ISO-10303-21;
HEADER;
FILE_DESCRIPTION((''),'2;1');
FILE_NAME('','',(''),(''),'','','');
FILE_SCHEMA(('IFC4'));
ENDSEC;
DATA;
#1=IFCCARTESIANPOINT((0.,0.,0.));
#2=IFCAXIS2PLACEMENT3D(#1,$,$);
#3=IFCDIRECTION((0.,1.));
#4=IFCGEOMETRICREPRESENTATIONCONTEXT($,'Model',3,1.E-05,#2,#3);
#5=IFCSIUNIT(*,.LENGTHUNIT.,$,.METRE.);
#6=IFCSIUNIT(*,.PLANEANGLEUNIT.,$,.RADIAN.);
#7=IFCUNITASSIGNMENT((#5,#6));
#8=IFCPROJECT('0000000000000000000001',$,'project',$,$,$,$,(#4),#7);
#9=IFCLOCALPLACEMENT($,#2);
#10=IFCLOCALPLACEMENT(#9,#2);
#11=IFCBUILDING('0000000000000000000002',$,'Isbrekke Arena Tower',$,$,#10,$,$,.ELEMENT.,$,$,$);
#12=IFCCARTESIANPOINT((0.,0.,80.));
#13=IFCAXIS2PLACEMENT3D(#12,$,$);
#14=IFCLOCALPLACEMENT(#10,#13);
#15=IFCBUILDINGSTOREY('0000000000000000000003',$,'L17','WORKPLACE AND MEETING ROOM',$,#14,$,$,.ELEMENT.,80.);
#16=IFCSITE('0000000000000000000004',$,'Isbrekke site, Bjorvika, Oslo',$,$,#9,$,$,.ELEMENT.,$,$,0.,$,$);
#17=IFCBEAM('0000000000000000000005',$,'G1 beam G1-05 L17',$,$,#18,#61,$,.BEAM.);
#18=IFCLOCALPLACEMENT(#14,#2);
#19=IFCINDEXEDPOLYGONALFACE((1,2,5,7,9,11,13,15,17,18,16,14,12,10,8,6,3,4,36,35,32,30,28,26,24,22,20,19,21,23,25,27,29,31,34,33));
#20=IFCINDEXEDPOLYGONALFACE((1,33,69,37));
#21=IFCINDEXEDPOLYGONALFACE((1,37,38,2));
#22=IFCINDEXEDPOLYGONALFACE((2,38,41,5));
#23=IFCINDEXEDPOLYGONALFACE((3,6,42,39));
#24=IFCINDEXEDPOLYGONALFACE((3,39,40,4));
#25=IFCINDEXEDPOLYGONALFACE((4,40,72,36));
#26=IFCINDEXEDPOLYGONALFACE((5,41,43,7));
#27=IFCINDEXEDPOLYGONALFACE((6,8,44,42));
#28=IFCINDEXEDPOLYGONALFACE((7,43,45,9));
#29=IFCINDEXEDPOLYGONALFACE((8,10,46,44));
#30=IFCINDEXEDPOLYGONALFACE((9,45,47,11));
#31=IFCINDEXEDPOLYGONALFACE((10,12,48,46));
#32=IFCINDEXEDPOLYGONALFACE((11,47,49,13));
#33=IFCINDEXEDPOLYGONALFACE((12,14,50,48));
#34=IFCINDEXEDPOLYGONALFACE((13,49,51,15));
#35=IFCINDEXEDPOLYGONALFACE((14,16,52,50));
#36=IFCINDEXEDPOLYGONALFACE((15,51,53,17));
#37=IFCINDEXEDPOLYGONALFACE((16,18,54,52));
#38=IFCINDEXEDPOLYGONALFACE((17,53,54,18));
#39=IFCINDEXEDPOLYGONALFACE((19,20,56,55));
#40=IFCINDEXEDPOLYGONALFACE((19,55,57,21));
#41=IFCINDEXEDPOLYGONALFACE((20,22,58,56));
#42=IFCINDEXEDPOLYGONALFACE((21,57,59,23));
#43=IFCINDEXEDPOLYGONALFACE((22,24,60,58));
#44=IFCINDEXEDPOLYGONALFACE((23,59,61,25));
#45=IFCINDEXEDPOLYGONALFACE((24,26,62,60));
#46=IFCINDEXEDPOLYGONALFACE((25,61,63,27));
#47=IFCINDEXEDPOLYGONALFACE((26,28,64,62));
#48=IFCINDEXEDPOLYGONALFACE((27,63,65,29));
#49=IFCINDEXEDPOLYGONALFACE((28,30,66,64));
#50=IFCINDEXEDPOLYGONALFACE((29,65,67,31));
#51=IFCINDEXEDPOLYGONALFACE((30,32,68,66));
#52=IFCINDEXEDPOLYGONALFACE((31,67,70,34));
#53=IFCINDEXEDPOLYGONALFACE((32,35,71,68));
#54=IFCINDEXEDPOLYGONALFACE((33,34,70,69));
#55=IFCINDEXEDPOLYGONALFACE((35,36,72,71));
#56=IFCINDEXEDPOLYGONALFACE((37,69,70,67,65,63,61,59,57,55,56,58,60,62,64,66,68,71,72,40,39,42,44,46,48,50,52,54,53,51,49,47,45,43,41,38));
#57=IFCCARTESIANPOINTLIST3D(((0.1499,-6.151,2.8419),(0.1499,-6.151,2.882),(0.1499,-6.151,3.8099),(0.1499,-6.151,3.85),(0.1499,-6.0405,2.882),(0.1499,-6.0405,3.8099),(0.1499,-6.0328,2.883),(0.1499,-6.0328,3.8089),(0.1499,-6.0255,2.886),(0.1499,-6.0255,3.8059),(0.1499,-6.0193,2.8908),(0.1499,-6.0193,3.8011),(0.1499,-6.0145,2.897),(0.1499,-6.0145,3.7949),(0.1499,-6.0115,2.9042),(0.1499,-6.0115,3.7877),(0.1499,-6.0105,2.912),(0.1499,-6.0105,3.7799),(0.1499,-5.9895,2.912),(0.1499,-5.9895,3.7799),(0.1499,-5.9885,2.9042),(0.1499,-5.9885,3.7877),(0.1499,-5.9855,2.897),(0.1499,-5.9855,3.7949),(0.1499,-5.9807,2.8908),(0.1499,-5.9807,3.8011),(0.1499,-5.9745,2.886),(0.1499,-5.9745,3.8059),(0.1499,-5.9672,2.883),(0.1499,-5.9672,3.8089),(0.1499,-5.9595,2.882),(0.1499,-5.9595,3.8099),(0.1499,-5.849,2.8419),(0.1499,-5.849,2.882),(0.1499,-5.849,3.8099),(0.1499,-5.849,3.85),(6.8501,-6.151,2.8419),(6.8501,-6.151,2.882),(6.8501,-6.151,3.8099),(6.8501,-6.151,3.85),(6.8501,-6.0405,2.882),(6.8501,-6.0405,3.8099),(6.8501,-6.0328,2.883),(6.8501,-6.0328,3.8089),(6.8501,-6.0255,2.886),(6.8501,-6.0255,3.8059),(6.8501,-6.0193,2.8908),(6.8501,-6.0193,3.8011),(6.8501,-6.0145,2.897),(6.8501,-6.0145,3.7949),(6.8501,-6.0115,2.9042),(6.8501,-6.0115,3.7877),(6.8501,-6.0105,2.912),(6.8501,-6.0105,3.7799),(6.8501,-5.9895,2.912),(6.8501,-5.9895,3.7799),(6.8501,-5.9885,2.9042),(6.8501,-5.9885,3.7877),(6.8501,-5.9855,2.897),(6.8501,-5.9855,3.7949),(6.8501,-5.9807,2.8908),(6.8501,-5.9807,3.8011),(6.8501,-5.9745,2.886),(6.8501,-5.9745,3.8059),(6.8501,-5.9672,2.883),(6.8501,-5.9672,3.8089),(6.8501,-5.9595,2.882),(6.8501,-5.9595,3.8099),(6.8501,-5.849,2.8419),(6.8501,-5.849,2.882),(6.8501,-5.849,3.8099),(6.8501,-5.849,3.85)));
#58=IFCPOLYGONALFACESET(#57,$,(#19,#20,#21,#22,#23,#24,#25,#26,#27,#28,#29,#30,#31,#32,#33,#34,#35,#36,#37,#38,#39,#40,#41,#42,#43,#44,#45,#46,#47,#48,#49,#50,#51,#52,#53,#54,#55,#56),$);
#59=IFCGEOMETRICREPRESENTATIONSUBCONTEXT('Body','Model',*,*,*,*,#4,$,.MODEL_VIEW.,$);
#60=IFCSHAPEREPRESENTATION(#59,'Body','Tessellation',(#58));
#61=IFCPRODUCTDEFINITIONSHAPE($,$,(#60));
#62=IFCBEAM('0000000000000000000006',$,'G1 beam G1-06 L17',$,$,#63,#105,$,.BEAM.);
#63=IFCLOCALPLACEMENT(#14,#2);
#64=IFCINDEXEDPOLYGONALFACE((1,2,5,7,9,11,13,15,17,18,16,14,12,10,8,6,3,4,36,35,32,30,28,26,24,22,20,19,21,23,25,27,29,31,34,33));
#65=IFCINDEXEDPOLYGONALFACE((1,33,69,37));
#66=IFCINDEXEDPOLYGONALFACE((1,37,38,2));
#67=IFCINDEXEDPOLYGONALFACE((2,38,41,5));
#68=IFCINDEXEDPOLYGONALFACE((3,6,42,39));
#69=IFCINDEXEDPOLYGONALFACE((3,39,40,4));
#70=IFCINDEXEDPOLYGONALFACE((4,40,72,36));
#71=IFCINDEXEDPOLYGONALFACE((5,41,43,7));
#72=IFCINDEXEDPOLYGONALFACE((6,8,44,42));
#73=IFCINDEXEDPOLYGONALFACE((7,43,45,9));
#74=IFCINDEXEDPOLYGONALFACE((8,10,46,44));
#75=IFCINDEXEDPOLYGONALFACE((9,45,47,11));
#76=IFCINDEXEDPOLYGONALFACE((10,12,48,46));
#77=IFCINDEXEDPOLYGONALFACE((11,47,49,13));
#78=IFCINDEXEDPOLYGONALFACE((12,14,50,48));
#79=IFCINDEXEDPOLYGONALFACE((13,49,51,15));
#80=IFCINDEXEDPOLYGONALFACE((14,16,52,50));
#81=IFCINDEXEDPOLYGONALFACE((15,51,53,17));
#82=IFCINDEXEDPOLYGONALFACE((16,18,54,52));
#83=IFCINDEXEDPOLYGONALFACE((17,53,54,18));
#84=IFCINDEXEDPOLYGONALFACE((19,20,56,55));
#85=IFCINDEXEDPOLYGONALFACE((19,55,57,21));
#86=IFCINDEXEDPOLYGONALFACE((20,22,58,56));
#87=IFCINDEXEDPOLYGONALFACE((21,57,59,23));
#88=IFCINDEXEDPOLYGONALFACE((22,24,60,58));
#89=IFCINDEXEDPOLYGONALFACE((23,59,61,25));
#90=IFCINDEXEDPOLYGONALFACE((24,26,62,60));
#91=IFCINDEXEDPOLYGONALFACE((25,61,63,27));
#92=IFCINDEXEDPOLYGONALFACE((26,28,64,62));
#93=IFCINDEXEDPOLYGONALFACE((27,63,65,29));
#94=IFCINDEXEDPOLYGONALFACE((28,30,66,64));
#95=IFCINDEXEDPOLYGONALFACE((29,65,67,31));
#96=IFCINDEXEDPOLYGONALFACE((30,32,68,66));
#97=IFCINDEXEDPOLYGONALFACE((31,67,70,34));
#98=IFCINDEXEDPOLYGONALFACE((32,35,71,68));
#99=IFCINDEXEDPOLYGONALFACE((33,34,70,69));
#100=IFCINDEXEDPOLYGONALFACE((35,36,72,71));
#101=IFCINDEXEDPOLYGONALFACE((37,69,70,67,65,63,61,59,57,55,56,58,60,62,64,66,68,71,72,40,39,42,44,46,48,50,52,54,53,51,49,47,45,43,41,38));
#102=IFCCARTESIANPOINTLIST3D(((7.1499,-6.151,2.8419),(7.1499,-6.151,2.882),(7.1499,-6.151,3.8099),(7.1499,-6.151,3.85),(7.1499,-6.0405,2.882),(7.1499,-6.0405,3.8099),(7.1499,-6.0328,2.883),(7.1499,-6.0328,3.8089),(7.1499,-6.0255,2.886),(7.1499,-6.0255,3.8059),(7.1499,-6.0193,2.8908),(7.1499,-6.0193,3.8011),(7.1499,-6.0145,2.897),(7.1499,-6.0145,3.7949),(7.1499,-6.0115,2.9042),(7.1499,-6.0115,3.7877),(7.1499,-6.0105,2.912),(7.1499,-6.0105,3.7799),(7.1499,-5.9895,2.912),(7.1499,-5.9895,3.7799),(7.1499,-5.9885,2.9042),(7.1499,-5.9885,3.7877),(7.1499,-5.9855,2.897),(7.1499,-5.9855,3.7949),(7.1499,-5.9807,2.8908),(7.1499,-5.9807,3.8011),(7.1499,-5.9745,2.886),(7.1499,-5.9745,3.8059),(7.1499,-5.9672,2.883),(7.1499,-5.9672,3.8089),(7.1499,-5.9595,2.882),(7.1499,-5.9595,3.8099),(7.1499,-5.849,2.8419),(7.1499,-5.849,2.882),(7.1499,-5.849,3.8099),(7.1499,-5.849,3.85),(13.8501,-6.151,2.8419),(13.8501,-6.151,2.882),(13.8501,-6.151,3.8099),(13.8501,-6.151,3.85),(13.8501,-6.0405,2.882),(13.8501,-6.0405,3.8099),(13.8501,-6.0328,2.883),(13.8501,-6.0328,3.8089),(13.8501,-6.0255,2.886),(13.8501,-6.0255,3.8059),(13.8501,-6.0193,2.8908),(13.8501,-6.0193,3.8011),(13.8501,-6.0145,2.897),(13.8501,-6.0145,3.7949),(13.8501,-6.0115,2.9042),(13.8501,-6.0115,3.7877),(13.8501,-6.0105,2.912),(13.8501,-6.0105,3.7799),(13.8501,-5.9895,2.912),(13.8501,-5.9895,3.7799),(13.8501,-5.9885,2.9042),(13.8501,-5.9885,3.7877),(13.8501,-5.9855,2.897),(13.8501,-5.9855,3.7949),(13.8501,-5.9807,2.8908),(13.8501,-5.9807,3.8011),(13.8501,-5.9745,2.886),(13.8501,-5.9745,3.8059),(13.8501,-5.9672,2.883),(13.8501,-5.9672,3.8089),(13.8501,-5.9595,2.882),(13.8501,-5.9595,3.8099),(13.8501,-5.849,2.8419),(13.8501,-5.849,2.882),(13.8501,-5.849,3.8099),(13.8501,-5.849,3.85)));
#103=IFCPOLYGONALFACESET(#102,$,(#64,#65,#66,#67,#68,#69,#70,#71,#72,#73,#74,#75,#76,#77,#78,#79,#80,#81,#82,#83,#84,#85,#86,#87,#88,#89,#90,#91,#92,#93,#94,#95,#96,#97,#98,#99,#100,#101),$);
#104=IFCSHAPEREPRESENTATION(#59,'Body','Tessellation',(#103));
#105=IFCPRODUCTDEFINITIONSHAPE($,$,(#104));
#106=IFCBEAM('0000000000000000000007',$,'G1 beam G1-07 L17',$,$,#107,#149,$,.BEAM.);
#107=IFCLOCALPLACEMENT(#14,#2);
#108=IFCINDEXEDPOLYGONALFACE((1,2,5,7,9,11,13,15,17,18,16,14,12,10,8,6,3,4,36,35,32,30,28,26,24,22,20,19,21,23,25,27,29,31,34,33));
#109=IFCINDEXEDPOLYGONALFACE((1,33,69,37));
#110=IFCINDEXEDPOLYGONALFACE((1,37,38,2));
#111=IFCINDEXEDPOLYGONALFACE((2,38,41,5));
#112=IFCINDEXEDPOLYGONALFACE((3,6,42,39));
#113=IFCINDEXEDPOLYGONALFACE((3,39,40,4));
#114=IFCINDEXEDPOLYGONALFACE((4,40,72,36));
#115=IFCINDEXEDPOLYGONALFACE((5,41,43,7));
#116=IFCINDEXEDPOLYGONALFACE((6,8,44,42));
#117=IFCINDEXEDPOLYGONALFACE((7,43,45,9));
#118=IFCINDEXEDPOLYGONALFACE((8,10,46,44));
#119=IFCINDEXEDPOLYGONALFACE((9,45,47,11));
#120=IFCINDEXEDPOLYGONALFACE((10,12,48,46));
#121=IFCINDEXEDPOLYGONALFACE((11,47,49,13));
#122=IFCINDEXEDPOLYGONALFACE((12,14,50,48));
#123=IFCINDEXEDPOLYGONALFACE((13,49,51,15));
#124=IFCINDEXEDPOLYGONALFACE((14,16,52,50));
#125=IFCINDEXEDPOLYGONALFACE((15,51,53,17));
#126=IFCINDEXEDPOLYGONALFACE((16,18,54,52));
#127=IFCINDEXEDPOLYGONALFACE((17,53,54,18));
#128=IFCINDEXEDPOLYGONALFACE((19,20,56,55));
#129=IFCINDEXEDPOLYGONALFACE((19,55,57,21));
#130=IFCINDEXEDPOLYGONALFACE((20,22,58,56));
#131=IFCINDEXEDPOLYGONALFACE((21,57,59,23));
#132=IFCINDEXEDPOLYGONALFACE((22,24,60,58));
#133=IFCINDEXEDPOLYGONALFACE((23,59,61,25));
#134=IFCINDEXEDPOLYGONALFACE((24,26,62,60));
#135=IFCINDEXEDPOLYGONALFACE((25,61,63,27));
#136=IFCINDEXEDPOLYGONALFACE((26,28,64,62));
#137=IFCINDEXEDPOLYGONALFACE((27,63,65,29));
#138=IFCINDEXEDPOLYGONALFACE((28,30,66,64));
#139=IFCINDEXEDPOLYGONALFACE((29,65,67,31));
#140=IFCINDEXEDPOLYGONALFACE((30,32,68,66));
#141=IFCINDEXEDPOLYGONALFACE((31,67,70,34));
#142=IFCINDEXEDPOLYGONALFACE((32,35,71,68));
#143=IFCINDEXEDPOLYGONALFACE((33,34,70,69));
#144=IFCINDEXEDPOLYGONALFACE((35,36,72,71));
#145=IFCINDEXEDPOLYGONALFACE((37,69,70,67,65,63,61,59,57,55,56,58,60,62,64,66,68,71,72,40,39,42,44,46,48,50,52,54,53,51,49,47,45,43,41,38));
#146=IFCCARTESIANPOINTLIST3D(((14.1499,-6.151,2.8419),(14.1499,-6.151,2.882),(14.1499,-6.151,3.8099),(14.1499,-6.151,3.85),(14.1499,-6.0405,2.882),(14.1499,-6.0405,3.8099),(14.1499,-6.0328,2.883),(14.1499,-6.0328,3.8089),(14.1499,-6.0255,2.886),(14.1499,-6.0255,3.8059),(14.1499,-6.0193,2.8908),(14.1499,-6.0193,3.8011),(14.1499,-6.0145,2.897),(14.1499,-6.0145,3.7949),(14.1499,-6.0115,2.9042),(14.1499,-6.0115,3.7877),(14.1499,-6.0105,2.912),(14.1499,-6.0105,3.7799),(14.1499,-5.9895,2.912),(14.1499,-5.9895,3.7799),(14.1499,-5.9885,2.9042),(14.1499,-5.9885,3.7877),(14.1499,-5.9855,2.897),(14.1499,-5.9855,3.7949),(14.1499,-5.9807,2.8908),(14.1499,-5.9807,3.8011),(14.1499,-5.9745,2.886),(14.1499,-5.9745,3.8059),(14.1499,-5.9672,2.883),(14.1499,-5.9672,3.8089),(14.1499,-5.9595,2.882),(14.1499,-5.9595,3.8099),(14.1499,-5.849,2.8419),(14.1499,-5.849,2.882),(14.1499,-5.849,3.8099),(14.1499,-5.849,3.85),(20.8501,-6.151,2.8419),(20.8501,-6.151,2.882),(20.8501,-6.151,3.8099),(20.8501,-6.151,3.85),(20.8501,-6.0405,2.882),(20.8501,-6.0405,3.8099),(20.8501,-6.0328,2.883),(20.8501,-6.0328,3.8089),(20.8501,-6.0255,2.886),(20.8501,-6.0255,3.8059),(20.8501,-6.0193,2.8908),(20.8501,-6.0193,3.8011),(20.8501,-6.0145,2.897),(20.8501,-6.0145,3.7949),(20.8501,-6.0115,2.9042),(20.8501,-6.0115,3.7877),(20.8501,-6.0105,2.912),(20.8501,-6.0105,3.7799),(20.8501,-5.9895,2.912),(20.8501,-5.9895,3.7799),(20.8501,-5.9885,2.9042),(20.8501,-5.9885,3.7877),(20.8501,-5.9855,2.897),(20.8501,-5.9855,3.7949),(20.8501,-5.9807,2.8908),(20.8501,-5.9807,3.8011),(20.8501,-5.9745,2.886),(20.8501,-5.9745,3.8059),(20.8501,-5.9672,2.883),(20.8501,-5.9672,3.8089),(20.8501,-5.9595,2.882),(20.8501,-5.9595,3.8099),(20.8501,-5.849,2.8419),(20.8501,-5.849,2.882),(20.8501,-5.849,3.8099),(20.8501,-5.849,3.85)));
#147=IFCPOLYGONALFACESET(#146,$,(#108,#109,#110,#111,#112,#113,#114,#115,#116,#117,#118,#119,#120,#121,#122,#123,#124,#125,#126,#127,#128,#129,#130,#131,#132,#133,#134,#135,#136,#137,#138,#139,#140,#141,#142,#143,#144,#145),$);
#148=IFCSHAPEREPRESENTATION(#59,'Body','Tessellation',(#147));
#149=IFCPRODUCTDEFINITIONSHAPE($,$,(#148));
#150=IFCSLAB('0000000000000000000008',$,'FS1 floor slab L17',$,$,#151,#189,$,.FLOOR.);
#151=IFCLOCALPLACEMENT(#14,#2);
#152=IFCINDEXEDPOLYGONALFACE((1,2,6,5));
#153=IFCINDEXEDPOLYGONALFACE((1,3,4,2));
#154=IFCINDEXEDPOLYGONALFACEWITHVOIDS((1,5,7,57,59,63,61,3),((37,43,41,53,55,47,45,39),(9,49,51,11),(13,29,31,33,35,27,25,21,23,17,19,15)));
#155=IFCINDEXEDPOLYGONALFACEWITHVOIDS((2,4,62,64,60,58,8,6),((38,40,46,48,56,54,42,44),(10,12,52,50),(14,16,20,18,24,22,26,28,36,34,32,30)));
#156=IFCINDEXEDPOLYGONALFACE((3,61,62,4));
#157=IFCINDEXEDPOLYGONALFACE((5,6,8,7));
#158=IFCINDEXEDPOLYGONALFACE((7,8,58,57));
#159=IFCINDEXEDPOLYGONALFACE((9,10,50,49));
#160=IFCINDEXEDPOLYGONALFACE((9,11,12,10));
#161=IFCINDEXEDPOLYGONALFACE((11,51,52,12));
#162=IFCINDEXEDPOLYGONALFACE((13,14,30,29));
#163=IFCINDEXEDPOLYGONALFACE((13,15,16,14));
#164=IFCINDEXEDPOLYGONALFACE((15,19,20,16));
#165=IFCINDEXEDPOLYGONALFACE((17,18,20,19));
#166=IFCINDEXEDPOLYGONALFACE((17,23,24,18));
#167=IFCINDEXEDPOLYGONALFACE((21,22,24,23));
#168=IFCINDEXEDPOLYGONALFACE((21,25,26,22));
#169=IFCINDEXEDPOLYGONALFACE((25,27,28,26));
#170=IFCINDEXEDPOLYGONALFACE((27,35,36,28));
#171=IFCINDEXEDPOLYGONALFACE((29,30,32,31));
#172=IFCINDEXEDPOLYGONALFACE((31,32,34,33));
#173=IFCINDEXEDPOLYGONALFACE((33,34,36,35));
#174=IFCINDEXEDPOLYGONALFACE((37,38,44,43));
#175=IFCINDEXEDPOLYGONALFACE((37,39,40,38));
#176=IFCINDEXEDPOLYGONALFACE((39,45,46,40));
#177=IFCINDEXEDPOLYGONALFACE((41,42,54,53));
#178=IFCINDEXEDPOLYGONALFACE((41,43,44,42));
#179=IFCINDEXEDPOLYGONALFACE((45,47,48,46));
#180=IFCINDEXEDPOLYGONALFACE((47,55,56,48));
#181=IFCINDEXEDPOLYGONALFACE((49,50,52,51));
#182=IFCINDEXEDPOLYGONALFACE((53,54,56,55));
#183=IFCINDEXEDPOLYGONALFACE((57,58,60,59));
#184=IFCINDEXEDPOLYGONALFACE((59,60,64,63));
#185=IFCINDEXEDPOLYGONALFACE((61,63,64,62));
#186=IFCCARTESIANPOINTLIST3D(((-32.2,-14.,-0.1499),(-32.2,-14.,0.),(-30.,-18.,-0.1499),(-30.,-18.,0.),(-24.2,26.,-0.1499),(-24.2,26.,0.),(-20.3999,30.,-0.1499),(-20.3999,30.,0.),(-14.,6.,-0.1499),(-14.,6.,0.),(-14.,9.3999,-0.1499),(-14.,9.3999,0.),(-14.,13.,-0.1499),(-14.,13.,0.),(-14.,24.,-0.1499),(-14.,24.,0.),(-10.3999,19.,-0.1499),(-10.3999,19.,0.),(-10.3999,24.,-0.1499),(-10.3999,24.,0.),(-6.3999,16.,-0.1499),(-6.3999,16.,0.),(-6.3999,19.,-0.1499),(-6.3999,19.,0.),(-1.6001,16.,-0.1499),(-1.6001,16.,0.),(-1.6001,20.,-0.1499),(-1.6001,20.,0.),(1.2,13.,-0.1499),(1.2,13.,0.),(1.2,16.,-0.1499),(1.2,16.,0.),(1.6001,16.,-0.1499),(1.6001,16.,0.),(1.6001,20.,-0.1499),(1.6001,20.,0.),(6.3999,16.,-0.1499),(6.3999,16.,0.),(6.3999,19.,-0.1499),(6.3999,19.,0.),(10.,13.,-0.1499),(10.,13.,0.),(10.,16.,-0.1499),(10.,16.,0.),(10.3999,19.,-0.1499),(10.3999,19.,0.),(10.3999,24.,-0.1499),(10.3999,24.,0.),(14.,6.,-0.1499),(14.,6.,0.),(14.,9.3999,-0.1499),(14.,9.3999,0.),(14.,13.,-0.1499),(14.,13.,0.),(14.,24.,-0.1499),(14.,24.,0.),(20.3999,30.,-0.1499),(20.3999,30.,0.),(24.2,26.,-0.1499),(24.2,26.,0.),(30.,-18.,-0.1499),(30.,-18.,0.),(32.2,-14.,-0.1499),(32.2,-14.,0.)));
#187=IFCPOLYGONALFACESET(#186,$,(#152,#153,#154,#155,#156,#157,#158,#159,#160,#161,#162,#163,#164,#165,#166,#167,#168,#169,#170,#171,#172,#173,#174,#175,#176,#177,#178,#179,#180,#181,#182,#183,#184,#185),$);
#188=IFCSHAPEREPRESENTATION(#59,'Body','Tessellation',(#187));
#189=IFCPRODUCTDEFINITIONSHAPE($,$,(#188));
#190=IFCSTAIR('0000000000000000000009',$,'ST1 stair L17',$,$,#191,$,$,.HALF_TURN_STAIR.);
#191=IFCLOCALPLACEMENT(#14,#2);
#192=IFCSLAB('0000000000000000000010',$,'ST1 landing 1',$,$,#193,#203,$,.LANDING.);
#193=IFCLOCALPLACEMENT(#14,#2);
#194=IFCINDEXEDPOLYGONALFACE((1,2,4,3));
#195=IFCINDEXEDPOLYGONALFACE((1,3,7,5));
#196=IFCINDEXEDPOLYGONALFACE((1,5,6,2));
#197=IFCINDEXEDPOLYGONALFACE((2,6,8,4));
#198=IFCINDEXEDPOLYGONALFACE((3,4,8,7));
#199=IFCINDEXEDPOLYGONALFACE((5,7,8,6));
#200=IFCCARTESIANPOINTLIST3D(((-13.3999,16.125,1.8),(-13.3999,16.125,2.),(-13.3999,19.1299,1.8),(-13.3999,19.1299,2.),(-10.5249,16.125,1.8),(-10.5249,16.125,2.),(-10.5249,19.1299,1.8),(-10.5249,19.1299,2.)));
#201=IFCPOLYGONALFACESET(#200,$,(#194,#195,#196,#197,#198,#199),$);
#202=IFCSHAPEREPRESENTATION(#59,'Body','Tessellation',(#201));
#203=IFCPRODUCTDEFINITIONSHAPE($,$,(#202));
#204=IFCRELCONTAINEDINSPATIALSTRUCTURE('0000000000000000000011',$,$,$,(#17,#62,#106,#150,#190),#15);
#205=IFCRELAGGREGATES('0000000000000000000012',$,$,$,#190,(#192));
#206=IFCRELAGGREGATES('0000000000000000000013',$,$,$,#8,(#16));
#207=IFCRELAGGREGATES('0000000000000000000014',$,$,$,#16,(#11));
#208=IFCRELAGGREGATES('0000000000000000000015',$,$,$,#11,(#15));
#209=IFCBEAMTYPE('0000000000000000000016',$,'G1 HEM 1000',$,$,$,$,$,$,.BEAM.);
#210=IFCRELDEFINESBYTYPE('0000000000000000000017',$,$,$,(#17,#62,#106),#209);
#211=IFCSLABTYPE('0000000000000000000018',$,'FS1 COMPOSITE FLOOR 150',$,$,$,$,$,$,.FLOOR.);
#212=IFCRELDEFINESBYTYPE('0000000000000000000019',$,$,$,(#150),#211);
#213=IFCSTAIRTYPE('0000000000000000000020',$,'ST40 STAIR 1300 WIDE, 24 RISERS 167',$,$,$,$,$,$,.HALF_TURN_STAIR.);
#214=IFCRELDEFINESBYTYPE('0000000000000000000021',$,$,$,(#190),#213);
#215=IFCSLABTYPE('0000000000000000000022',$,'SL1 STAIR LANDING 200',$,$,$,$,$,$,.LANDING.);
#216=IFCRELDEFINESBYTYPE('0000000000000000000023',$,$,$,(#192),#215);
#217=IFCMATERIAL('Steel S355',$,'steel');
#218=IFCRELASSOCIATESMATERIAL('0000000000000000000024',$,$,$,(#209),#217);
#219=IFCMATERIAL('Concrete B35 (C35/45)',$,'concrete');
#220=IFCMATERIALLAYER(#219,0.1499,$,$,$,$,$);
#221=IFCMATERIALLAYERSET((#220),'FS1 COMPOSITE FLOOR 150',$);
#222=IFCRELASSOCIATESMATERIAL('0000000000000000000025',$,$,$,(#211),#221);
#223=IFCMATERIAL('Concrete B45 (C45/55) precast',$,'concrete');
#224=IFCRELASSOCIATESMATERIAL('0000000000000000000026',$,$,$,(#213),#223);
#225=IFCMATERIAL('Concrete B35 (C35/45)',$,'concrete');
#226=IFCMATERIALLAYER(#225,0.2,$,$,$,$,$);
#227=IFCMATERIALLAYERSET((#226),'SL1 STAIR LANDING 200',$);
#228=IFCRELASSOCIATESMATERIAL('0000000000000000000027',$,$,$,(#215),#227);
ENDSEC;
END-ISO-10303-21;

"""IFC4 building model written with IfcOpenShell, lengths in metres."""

from ifc_helpers import new_model, si_unit, direction, frame, origin, origin_2d, place, context, subcontext, project, spatial, polyline, i_section, outline, extrude, material, layer, layer_set, material_profile, profile_set, type_object, element, aggregate, save


model = new_model("IFC4")

# Units and contexts
model_context = context("Model", 3, precision=1e-05, world=origin(), true_north=direction((0.0, 1.0)))
body_context = subcontext(model_context, "Body", "Model", "MODEL_VIEW")
ifc_project = project(units=[si_unit("LENGTHUNIT", "METRE"), si_unit("PLANEANGLEUNIT", "RADIAN")], contexts=[model_context])

# Site, building, storey
site_placement = place(None, origin())
site = spatial("IfcSite", under=ifc_project, at=site_placement, Name="Isbrekke site, Bjorvika, Oslo", CompositionType="ELEMENT", RefElevation=0.0)
building_placement = place(site_placement, origin())
building = spatial("IfcBuilding", under=site, at=building_placement, Name="Isbrekke Arena Tower", CompositionType="ELEMENT")
storey_placement = place(building_placement, frame((0.0, 0.0, 80.0)))
storey = spatial("IfcBuildingStorey", under=building, at=storey_placement, Name="L17", Description="WORKPLACE AND MEETING ROOM", CompositionType="ELEMENT", Elevation=80.0)

# Beams
ifc_material_1 = material(Name="Steel S355", Category="steel")
ifc_material_profile_1 = material_profile(ifc_material_1, i_section(OverallWidth=0.302, OverallDepth=1.0081, WebThickness=0.021, FlangeThickness=0.04, FilletRadius=0.03, at=origin_2d()), Name="HEM 1000")
ifc_profile_set_1 = profile_set([ifc_material_profile_1], Name="Steel S355")
beam_type_1 = type_object("IfcBeamType", Name="G1 HEM 1000", PredefinedType="BEAM", material=ifc_profile_set_1)
for number, where, z_axis, x_axis, name in (
    (1, (0.1499, -6.0, 3.3459), (1.0, 0.0, 0.0), (0.0, 1.0, 0.0), "G1 beam G1-05 L17"),
    (2, (7.1499, -6.0, 3.3459), (1.0, 0.0, 0.0), (0.0, 1.0, 0.0), "G1 beam G1-06 L17"),
    (3, (14.1499, -6.0, 3.3459), (1.0, 0.0, 0.0), (0.0, 1.0, 0.0), "G1 beam G1-07 L17"),
):
    element("IfcBeam", number, at=place(storey_placement, frame(where, z_axis=z_axis, x_axis=x_axis)), inside=storey, type_object=beam_type_1, Name=name, PredefinedType="BEAM", context=body_context, shape_type="SweptSolid", body=[
        extrude(i_section(OverallWidth=0.302, OverallDepth=1.0081, WebThickness=0.021, FlangeThickness=0.04, FilletRadius=0.03, at=origin_2d()), origin(), (0.0, 0.0, 1.0), 6.7002),
    ])

# Slab
ifc_material_2 = material(Name="Concrete B35 (C35/45)", Category="concrete")
ifc_layer_1 = layer(ifc_material_2, 0.1499)
ifc_layer_set_1 = layer_set([ifc_layer_1], Name="FS1 COMPOSITE FLOOR 150")
slab_type_1 = type_object("IfcSlabType", Name="FS1 COMPOSITE FLOOR 150", PredefinedType="FLOOR", material=ifc_layer_set_1)
slab_1_placement = place(storey_placement, frame((0.0, 0.0, -0.1499)))
element("IfcSlab", 4, at=slab_1_placement, inside=storey, type_object=slab_type_1, Name="FS1 floor slab L17", PredefinedType="FLOOR", context=body_context, shape_type="SweptSolid", body=[
    extrude(outline(polyline([(-30.0, -18.0), (30.0, -18.0), (32.2, -14.0), (24.2, 26.0), (20.3999, 30.0), (-20.3999, 30.0), (-24.2, 26.0), (-32.2, -14.0), (-30.0, -18.0)]), holes=[polyline([(14.0, 9.3999), (14.0, 6.0), (-14.0, 6.0), (-14.0, 9.3999), (14.0, 9.3999)]), polyline([(-6.3999, 19.0), (-6.3999, 16.0), (-1.6001, 16.0), (-1.6001, 20.0), (1.6001, 20.0), (1.6001, 16.0), (1.2, 16.0), (1.2, 13.0), (-14.0, 13.0), (-14.0, 24.0), (-10.3999, 24.0), (-10.3999, 19.0), (-6.3999, 19.0)]), polyline([(10.0, 13.0), (10.0, 16.0), (6.3999, 16.0), (6.3999, 19.0), (10.3999, 19.0), (10.3999, 24.0), (14.0, 24.0), (14.0, 13.0), (10.0, 13.0)])]), origin(), (0.0, 0.0, 1.0), 0.1499),
])

# Stair, slab
ifc_material_3 = material(Name="Concrete B45 (C45/55) precast", Category="concrete")
stair_type = type_object("IfcStairType", Name="ST40 STAIR 1300 WIDE, 24 RISERS 167", PredefinedType="HALF_TURN_STAIR", material=ifc_material_3)
stair_1_placement = place(storey_placement, origin())
stair_1 = element("IfcStair", 5, at=stair_1_placement, inside=storey, type_object=stair_type, Name="ST1 stair L17", PredefinedType="HALF_TURN_STAIR")
ifc_material_4 = material(Name="Concrete B35 (C35/45)", Category="concrete")
ifc_layer_2 = layer(ifc_material_4, 0.2)
ifc_layer_set_2 = layer_set([ifc_layer_2], Name="SL1 STAIR LANDING 200")
slab_type_2 = type_object("IfcSlabType", Name="SL1 STAIR LANDING 200", PredefinedType="LANDING", material=ifc_layer_set_2)
slab_2_placement = place(storey_placement, frame((0.0, 0.0, 1.8)))
slab_2 = element("IfcSlab", 6, at=slab_2_placement, type_object=slab_type_2, Name="ST1 landing 1", PredefinedType="LANDING", context=body_context, shape_type="SweptSolid", body=[
    extrude(outline(polyline([(-13.3999, 16.125), (-10.5249, 16.125), (-10.5249, 19.1299), (-13.3999, 19.1299), (-13.3999, 16.125)])), origin(), (0.0, 0.0, 1.0), 0.2),
])
aggregate(stair_1, [slab_2])

save(model, "model.ifc")
